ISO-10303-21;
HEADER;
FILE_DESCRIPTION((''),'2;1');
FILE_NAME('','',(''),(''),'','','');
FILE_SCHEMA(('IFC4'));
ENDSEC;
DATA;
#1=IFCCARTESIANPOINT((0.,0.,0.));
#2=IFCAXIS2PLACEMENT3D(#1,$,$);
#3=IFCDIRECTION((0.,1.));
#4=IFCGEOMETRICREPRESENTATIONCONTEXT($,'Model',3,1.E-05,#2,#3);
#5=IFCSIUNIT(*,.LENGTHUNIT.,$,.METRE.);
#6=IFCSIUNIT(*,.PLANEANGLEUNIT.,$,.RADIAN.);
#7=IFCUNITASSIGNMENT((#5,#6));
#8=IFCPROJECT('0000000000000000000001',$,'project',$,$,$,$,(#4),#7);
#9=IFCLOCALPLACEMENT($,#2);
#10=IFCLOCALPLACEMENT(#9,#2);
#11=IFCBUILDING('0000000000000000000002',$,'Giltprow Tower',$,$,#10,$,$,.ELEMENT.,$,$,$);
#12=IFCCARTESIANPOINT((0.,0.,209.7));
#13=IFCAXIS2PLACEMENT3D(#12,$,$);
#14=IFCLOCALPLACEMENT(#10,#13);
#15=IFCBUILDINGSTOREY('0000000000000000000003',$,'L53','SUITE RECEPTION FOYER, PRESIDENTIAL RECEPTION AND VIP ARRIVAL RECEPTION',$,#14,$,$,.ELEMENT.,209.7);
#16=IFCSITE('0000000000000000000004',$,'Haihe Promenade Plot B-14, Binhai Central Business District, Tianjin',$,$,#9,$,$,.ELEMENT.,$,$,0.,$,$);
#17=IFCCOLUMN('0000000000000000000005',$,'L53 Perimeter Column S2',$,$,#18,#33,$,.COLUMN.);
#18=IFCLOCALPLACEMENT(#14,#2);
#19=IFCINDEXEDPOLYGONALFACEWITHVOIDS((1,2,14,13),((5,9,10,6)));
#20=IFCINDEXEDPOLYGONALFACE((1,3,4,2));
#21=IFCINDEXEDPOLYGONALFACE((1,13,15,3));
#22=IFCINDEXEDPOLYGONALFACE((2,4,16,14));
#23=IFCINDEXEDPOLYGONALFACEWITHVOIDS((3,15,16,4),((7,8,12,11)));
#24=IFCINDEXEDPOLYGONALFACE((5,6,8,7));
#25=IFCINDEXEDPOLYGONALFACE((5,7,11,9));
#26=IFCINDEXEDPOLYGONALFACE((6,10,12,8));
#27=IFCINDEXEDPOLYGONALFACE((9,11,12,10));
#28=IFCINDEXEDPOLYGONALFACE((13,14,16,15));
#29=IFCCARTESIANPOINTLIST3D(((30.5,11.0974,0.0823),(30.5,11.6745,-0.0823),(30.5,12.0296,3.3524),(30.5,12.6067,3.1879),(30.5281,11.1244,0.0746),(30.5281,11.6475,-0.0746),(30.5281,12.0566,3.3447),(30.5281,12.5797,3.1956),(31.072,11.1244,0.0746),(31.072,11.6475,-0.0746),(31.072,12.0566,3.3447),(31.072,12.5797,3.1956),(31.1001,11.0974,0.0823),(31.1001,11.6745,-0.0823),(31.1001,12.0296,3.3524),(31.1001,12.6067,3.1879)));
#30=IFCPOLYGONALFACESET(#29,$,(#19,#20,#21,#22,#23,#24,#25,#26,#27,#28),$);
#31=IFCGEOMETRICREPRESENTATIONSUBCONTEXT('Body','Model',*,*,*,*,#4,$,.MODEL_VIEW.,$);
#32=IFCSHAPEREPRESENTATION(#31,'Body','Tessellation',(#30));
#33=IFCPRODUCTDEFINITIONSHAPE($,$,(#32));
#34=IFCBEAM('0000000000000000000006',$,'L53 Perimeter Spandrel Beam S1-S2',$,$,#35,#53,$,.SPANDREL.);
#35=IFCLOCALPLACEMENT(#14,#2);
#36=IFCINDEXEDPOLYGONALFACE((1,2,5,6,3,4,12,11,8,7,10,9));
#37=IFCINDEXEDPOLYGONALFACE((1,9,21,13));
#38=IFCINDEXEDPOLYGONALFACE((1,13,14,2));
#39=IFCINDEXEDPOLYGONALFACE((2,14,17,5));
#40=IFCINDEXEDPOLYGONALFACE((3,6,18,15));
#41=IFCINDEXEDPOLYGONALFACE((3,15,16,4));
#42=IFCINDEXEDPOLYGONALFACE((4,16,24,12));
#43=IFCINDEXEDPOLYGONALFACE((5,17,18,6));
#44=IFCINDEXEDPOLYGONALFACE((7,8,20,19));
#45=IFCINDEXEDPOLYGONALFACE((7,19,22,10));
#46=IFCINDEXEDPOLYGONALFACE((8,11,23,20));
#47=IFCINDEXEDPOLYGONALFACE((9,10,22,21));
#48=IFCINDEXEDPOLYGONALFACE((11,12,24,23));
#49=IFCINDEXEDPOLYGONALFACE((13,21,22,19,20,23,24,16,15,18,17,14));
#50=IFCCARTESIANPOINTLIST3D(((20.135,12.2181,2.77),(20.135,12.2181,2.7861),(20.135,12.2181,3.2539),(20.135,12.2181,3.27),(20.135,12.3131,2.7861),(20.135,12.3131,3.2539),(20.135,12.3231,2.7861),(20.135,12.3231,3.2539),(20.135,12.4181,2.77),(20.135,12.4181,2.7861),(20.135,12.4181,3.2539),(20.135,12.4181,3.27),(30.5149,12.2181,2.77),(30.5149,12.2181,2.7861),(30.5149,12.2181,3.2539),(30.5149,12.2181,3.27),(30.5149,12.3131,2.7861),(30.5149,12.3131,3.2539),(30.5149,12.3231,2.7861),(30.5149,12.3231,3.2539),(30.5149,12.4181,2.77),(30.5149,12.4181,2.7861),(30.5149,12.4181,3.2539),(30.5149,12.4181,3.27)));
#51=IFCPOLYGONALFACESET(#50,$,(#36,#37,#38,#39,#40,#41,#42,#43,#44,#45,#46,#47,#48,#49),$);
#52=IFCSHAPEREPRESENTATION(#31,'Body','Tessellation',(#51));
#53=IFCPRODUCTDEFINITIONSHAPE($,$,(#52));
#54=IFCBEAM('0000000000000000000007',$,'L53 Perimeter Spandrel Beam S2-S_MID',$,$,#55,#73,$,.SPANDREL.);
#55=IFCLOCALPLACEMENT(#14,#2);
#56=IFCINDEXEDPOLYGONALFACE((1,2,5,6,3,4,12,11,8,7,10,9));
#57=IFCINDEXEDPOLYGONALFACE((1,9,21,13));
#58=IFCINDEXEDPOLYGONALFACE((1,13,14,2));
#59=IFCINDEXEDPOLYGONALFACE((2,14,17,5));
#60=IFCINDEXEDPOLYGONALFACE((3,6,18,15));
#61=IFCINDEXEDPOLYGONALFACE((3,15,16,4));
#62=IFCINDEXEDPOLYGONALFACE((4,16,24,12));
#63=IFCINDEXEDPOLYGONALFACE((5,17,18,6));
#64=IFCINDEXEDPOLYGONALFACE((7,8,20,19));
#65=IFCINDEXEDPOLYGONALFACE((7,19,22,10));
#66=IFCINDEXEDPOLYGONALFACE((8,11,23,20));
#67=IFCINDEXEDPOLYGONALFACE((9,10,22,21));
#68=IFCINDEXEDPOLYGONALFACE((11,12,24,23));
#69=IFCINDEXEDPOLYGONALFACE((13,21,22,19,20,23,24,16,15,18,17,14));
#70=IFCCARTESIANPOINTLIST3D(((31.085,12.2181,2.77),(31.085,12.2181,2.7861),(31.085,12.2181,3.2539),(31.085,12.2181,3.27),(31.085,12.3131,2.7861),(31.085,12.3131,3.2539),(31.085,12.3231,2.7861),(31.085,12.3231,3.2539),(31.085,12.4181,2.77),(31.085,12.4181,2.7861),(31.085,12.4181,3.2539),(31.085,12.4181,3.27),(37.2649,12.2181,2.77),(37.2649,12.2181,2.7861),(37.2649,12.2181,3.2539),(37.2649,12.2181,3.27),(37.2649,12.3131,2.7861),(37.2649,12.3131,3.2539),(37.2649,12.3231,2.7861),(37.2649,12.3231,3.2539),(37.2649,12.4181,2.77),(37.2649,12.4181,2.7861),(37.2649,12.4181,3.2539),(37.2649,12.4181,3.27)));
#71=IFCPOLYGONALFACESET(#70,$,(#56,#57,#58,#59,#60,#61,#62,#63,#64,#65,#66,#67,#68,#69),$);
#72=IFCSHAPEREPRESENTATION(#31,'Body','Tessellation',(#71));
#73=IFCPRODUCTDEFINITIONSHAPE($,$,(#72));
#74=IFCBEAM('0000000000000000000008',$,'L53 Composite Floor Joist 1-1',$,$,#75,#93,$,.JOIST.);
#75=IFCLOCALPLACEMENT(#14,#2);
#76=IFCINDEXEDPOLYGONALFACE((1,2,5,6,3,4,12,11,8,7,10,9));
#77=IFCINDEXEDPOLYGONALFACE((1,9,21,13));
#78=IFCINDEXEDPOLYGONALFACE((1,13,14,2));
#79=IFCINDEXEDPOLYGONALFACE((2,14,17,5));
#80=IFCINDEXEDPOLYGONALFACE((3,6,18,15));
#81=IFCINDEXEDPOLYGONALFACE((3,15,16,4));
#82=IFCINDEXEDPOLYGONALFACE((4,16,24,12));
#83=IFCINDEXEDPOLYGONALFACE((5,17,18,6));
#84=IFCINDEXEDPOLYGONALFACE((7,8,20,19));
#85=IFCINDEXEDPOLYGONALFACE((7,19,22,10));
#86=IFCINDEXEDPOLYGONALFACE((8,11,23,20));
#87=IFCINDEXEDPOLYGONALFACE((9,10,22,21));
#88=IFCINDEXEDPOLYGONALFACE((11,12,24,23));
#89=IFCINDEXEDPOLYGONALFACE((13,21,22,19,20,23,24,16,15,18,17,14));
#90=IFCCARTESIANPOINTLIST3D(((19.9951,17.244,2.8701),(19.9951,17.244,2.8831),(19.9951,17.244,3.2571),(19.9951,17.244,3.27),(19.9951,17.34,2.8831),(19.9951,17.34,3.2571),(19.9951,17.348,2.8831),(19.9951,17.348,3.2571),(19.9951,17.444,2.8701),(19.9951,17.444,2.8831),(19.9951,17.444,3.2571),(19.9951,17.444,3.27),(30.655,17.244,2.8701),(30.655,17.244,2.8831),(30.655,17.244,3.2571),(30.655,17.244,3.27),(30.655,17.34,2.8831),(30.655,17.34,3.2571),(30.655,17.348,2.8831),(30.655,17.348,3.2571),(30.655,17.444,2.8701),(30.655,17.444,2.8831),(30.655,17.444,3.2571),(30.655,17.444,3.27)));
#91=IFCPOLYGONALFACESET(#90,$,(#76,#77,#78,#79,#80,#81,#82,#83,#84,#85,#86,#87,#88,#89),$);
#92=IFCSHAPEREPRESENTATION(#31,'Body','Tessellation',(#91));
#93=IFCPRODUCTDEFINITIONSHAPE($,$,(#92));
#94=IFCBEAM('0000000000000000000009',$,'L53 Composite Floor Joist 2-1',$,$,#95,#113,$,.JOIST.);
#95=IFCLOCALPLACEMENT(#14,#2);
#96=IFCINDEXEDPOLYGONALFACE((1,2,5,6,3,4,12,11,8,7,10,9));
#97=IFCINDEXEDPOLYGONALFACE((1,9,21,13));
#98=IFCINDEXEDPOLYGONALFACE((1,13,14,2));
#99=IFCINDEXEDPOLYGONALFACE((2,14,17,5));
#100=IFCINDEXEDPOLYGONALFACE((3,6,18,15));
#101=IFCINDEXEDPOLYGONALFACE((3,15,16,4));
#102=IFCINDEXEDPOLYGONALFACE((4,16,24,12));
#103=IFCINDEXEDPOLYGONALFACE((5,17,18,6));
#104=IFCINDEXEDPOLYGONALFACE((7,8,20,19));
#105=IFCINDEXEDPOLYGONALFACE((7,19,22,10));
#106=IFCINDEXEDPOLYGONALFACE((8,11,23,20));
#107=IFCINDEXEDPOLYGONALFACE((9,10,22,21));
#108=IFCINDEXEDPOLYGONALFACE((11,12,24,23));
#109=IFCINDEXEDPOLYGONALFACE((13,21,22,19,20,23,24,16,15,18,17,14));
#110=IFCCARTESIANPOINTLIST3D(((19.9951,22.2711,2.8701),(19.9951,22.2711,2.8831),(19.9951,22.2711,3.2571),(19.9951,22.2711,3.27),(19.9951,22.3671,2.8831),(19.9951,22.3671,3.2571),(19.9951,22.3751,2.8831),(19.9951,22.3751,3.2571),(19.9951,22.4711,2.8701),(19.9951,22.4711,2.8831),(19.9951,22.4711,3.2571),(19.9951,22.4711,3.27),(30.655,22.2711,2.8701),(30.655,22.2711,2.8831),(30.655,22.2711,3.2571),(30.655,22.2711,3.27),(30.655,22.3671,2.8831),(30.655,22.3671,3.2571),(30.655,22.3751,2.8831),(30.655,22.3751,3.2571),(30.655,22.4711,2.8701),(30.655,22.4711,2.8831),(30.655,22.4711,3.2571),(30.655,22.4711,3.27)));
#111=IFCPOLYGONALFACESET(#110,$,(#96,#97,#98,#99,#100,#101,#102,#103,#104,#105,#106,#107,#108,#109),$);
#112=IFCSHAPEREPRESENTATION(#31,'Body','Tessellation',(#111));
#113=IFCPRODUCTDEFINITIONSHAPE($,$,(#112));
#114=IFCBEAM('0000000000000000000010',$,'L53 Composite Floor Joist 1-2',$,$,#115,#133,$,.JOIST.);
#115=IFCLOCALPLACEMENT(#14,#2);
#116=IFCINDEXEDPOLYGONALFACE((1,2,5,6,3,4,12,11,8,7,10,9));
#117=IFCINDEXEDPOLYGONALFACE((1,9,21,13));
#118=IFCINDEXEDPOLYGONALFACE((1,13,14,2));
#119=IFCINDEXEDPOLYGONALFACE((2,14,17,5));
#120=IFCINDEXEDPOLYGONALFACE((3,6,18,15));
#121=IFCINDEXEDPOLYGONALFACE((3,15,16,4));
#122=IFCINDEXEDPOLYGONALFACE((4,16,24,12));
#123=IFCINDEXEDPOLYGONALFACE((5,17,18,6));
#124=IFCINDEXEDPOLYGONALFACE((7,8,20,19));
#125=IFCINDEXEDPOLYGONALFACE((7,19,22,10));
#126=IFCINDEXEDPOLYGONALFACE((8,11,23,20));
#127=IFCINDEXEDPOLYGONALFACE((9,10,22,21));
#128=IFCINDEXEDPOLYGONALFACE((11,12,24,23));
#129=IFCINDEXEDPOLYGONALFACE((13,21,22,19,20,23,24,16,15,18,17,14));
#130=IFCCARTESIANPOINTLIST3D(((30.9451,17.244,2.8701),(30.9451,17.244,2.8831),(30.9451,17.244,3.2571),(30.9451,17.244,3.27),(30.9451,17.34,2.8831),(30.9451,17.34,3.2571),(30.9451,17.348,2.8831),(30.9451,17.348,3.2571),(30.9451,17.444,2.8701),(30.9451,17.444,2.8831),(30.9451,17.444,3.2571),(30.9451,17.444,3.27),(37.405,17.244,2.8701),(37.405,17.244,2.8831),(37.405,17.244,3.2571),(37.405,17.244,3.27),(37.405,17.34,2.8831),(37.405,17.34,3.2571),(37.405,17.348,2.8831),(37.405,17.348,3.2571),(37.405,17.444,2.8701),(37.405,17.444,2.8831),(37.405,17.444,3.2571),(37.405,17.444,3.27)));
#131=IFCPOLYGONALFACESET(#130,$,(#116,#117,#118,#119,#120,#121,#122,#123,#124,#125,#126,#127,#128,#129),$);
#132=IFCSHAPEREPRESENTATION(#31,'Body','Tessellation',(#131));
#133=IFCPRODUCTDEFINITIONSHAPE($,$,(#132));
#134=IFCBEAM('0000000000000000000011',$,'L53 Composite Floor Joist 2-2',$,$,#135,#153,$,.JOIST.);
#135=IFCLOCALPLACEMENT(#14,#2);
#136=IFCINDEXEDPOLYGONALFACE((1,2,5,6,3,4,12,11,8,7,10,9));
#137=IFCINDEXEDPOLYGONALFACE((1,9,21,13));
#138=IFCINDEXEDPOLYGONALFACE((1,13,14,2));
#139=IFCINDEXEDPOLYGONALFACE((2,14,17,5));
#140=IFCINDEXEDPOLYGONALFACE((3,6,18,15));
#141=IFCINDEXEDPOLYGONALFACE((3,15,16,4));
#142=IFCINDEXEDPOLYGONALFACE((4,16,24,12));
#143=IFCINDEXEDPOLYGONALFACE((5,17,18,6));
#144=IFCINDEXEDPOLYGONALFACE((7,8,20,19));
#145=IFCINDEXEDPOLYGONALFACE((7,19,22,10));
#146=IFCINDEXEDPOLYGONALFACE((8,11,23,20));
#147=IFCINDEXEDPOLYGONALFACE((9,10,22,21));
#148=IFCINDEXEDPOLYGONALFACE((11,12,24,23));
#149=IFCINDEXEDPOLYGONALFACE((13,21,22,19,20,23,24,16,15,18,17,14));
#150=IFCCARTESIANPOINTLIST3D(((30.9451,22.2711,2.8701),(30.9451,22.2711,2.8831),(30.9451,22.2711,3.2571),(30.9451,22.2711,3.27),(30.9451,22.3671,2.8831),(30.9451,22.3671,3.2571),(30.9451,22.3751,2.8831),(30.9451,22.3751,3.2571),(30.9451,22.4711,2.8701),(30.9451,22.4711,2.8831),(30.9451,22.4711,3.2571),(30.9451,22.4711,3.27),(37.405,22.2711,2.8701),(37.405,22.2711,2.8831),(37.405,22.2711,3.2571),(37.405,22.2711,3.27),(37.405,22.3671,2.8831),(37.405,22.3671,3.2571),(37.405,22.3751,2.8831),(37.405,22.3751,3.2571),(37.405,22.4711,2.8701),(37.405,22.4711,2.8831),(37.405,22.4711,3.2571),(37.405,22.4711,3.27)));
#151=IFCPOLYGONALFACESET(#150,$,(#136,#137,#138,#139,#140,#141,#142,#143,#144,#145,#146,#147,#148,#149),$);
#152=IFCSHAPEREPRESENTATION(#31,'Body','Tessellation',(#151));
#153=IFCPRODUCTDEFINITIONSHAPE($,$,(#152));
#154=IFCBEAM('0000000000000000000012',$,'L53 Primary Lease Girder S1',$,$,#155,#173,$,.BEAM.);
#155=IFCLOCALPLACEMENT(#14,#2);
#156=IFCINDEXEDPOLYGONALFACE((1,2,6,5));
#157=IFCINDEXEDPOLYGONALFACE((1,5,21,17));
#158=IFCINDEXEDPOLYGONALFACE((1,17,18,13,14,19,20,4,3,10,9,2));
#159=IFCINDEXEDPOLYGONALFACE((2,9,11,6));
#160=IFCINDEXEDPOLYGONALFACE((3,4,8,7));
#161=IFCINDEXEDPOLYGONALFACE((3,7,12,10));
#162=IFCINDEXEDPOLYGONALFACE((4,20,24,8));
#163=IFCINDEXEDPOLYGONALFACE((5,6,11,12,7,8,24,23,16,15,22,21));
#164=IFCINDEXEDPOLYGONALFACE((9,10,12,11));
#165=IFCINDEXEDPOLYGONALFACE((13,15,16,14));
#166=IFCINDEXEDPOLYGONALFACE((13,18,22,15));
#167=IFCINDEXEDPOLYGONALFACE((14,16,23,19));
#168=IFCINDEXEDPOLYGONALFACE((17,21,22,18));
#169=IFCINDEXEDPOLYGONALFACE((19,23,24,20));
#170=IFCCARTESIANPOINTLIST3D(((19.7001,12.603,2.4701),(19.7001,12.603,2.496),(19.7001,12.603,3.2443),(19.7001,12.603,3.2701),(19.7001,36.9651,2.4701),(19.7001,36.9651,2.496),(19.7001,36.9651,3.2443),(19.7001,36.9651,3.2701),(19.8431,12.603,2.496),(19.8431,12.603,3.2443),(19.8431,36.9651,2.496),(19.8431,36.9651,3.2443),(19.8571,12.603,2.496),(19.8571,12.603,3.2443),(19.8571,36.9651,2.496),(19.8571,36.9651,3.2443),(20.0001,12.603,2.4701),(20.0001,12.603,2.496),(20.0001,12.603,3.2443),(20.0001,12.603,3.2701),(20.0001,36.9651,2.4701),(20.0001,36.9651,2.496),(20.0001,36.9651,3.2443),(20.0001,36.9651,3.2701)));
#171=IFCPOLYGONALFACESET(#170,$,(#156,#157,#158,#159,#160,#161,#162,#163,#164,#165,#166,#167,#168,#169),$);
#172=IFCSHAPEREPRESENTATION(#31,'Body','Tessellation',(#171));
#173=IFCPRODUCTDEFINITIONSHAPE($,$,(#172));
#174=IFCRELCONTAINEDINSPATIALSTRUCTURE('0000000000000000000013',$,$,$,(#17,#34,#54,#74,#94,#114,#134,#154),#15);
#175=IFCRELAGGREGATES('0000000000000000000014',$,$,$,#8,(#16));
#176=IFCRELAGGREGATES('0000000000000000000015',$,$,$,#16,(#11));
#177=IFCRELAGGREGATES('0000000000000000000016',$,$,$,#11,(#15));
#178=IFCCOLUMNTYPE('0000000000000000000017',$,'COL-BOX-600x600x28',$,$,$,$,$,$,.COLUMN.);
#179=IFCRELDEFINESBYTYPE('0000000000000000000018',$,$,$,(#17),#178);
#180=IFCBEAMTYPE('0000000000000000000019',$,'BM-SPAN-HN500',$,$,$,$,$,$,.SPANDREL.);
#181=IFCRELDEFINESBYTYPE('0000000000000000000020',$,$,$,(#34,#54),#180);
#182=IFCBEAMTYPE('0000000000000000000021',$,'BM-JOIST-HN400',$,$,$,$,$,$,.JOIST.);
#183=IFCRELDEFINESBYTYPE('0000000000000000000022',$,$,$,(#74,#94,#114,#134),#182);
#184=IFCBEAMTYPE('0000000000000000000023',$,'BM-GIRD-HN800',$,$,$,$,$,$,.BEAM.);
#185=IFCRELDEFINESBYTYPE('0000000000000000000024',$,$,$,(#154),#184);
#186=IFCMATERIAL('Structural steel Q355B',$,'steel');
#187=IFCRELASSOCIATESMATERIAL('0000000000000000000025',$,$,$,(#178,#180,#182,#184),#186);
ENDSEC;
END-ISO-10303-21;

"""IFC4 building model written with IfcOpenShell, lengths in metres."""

from ifc_helpers import new_model, si_unit, direction, frame, origin, origin_2d, place, context, subcontext, project, spatial, hollow_rectangle, i_section, extrude, source, transform, mapped, material, material_profile, profile_set, type_object, element, save


model = new_model("IFC4")

# Units and contexts
model_context = context("Model", 3, precision=1e-05, world=origin(), true_north=direction((0.0, 1.0)))
body_context = subcontext(model_context, "Body", "Model", "MODEL_VIEW")
ifc_project = project(units=[si_unit("LENGTHUNIT", "METRE"), si_unit("PLANEANGLEUNIT", "RADIAN")], contexts=[model_context])

# Site, building, storey
site_placement = place(None, origin())
site = spatial("IfcSite", under=ifc_project, at=site_placement, Name="Haihe Promenade Plot B-14, Binhai Central Business District, Tianjin", CompositionType="ELEMENT", RefElevation=0.0)
building_placement = place(site_placement, origin())
building = spatial("IfcBuilding", under=site, at=building_placement, Name="Giltprow Tower", CompositionType="ELEMENT")
storey_placement = place(building_placement, frame((0.0, 0.0, 209.7)))
storey = spatial("IfcBuildingStorey", under=building, at=storey_placement, Name="L53", Description="SUITE RECEPTION FOYER, PRESIDENTIAL RECEPTION AND VIP ARRIVAL RECEPTION", CompositionType="ELEMENT", Elevation=209.7)

# Column
ifc_material_1 = material(Name="Structural steel Q355B", Category="steel")
ifc_material_profile_1 = material_profile(ifc_material_1, hollow_rectangle(XDim=0.6001, YDim=0.6001, WallThickness=0.0281, at=origin_2d()), Name="BOX 600x600x28")
ifc_profile_set_1 = profile_set([ifc_material_profile_1], Name="Structural steel Q355B")
column_type = type_object("IfcColumnType", Name="COL-BOX-600x600x28", PredefinedType="COLUMN", material=ifc_profile_set_1)
shared_shape_1 = source(origin(), body_context, "Body", "SweptSolid", [
    extrude(hollow_rectangle(XDim=0.6001, YDim=0.6001, WallThickness=0.0281, at=origin_2d()), origin(), (0.0, 0.0, 1.0), 3.4004),
])
column_placement = place(storey_placement, frame((30.8, 11.386, 0.0), z_axis=(0.0, 0.274133, 0.961692), x_axis=(-1.0, 0.0, 0.0)))
element("IfcColumn", 1, at=column_placement, inside=storey, type_object=column_type, Name="L53 Perimeter Column S2", PredefinedType="COLUMN", context=body_context, shape_type="MappedRepresentation", body=[
    mapped(shared_shape_1, transform((0.0, 0.0, 0.0), x_axis=(1.0, 0.0, 0.0), y_axis=(0.0, 1.0, 0.0), z_axis=(0.0, 0.0, 1.0), scale=1.0)),
])

# Beams
ifc_material_profile_2 = material_profile(ifc_material_1, i_section(OverallWidth=0.2, OverallDepth=0.5, WebThickness=0.01, FlangeThickness=0.0161, at=origin_2d()), Name="HN 500x200x10x16")
ifc_profile_set_2 = profile_set([ifc_material_profile_2], Name="Structural steel Q355B")
beam_type_1 = type_object("IfcBeamType", Name="BM-SPAN-HN500", PredefinedType="SPANDREL", material=ifc_profile_set_2)
shared_shape_2 = source(origin(), body_context, "Body", "SweptSolid", [
    extrude(i_section(OverallWidth=0.2, OverallDepth=0.5, WebThickness=0.01, FlangeThickness=0.0161, at=origin_2d()), origin(), (0.0, 0.0, 1.0), 10.3799),
])
beam_1_placement = place(storey_placement, frame((20.135, 12.3181, 3.02), z_axis=(1.0, 0.0, 0.0), x_axis=(0.0, 1.0, 0.0)))
element("IfcBeam", 2, at=beam_1_placement, inside=storey, type_object=beam_type_1, Name="L53 Perimeter Spandrel Beam S1-S2", PredefinedType="SPANDREL", context=body_context, shape_type="MappedRepresentation", body=[
    mapped(shared_shape_2, transform((0.0, 0.0, 0.0), x_axis=(1.0, 0.0, 0.0), y_axis=(0.0, 1.0, 0.0), z_axis=(0.0, 0.0, 1.0), scale=1.0)),
])
shared_shape_3 = source(origin(), body_context, "Body", "SweptSolid", [
    extrude(i_section(OverallWidth=0.2, OverallDepth=0.5, WebThickness=0.01, FlangeThickness=0.0161, at=origin_2d()), origin(), (0.0, 0.0, 1.0), 6.1799),
])
beam_2_placement = place(storey_placement, frame((31.085, 12.3181, 3.02), z_axis=(1.0, 0.0, 0.0), x_axis=(0.0, 1.0, 0.0)))
element("IfcBeam", 3, at=beam_2_placement, inside=storey, type_object=beam_type_1, Name="L53 Perimeter Spandrel Beam S2-S_MID", PredefinedType="SPANDREL", context=body_context, shape_type="MappedRepresentation", body=[
    mapped(shared_shape_3, transform((0.0, 0.0, 0.0), x_axis=(1.0, 0.0, 0.0), y_axis=(0.0, 1.0, 0.0), z_axis=(0.0, 0.0, 1.0), scale=1.0)),
])
ifc_material_profile_3 = material_profile(ifc_material_1, i_section(OverallWidth=0.2, OverallDepth=0.3999, WebThickness=0.0081, FlangeThickness=0.0129, at=origin_2d()), Name="HN 400x200x8x13")
ifc_profile_set_3 = profile_set([ifc_material_profile_3], Name="Structural steel Q355B")
beam_type_2 = type_object("IfcBeamType", Name="BM-JOIST-HN400", PredefinedType="JOIST", material=ifc_profile_set_3)
shared_shape_4 = source(origin(), body_context, "Body", "SweptSolid", [
    extrude(i_section(OverallWidth=0.2, OverallDepth=0.3999, WebThickness=0.0081, FlangeThickness=0.0129, at=origin_2d()), origin(), (0.0, 0.0, 1.0), 10.6599),
])
for number, where, z_axis, x_axis, name in (
    (4, (19.9951, 17.344, 3.0701), (1.0, 0.0, 0.0), (0.0, 1.0, 0.0), "L53 Composite Floor Joist 1-1"),
    (5, (19.9951, 22.3711, 3.0701), (1.0, 0.0, 0.0), (0.0, 1.0, 0.0), "L53 Composite Floor Joist 2-1"),
):
    element("IfcBeam", number, at=place(storey_placement, frame(where, z_axis=z_axis, x_axis=x_axis)), inside=storey, type_object=beam_type_2, Name=name, PredefinedType="JOIST", context=body_context, shape_type="MappedRepresentation", body=[
        mapped(shared_shape_4, transform((0.0, 0.0, 0.0), x_axis=(1.0, 0.0, 0.0), y_axis=(0.0, 1.0, 0.0), z_axis=(0.0, 0.0, 1.0), scale=1.0)),
    ])
shared_shape_5 = source(origin(), body_context, "Body", "SweptSolid", [
    extrude(i_section(OverallWidth=0.2, OverallDepth=0.3999, WebThickness=0.0081, FlangeThickness=0.0129, at=origin_2d()), origin(), (0.0, 0.0, 1.0), 6.46),
])
for number, where, z_axis, x_axis, name in (
    (6, (30.9451, 17.344, 3.0701), (1.0, 0.0, 0.0), (0.0, 1.0, 0.0), "L53 Composite Floor Joist 1-2"),
    (7, (30.9451, 22.3711, 3.0701), (1.0, 0.0, 0.0), (0.0, 1.0, 0.0), "L53 Composite Floor Joist 2-2"),
):
    element("IfcBeam", number, at=place(storey_placement, frame(where, z_axis=z_axis, x_axis=x_axis)), inside=storey, type_object=beam_type_2, Name=name, PredefinedType="JOIST", context=body_context, shape_type="MappedRepresentation", body=[
        mapped(shared_shape_5, transform((0.0, 0.0, 0.0), x_axis=(1.0, 0.0, 0.0), y_axis=(0.0, 1.0, 0.0), z_axis=(0.0, 0.0, 1.0), scale=1.0)),
    ])
ifc_material_profile_4 = material_profile(ifc_material_1, i_section(OverallWidth=0.3, OverallDepth=0.8, WebThickness=0.0139, FlangeThickness=0.0259, at=origin_2d()), Name="HN 800x300x14x26")
ifc_profile_set_4 = profile_set([ifc_material_profile_4], Name="Structural steel Q355B")
beam_type_3 = type_object("IfcBeamType", Name="BM-GIRD-HN800", PredefinedType="BEAM", material=ifc_profile_set_4)
shared_shape_6 = source(origin(), body_context, "Body", "SweptSolid", [
    extrude(i_section(OverallWidth=0.3, OverallDepth=0.8, WebThickness=0.0139, FlangeThickness=0.0259, at=origin_2d()), origin(), (0.0, 0.0, 1.0), 24.3621),
])
for number, where, z_axis, x_axis, name in (
    (8, (19.8501, 12.603, 2.8701), (0.0, 1.0, 0.0), (-1.0, 0.0, 0.0), "L53 Primary Lease Girder S1"),
):
    element("IfcBeam", number, at=place(storey_placement, frame(where, z_axis=z_axis, x_axis=x_axis)), inside=storey, type_object=beam_type_3, Name=name, PredefinedType="BEAM", context=body_context, shape_type="MappedRepresentation", body=[
        mapped(shared_shape_6, transform((0.0, 0.0, 0.0), x_axis=(1.0, 0.0, 0.0), y_axis=(0.0, 1.0, 0.0), z_axis=(0.0, 0.0, 1.0), scale=1.0)),
    ])

save(model, "model.ifc")
